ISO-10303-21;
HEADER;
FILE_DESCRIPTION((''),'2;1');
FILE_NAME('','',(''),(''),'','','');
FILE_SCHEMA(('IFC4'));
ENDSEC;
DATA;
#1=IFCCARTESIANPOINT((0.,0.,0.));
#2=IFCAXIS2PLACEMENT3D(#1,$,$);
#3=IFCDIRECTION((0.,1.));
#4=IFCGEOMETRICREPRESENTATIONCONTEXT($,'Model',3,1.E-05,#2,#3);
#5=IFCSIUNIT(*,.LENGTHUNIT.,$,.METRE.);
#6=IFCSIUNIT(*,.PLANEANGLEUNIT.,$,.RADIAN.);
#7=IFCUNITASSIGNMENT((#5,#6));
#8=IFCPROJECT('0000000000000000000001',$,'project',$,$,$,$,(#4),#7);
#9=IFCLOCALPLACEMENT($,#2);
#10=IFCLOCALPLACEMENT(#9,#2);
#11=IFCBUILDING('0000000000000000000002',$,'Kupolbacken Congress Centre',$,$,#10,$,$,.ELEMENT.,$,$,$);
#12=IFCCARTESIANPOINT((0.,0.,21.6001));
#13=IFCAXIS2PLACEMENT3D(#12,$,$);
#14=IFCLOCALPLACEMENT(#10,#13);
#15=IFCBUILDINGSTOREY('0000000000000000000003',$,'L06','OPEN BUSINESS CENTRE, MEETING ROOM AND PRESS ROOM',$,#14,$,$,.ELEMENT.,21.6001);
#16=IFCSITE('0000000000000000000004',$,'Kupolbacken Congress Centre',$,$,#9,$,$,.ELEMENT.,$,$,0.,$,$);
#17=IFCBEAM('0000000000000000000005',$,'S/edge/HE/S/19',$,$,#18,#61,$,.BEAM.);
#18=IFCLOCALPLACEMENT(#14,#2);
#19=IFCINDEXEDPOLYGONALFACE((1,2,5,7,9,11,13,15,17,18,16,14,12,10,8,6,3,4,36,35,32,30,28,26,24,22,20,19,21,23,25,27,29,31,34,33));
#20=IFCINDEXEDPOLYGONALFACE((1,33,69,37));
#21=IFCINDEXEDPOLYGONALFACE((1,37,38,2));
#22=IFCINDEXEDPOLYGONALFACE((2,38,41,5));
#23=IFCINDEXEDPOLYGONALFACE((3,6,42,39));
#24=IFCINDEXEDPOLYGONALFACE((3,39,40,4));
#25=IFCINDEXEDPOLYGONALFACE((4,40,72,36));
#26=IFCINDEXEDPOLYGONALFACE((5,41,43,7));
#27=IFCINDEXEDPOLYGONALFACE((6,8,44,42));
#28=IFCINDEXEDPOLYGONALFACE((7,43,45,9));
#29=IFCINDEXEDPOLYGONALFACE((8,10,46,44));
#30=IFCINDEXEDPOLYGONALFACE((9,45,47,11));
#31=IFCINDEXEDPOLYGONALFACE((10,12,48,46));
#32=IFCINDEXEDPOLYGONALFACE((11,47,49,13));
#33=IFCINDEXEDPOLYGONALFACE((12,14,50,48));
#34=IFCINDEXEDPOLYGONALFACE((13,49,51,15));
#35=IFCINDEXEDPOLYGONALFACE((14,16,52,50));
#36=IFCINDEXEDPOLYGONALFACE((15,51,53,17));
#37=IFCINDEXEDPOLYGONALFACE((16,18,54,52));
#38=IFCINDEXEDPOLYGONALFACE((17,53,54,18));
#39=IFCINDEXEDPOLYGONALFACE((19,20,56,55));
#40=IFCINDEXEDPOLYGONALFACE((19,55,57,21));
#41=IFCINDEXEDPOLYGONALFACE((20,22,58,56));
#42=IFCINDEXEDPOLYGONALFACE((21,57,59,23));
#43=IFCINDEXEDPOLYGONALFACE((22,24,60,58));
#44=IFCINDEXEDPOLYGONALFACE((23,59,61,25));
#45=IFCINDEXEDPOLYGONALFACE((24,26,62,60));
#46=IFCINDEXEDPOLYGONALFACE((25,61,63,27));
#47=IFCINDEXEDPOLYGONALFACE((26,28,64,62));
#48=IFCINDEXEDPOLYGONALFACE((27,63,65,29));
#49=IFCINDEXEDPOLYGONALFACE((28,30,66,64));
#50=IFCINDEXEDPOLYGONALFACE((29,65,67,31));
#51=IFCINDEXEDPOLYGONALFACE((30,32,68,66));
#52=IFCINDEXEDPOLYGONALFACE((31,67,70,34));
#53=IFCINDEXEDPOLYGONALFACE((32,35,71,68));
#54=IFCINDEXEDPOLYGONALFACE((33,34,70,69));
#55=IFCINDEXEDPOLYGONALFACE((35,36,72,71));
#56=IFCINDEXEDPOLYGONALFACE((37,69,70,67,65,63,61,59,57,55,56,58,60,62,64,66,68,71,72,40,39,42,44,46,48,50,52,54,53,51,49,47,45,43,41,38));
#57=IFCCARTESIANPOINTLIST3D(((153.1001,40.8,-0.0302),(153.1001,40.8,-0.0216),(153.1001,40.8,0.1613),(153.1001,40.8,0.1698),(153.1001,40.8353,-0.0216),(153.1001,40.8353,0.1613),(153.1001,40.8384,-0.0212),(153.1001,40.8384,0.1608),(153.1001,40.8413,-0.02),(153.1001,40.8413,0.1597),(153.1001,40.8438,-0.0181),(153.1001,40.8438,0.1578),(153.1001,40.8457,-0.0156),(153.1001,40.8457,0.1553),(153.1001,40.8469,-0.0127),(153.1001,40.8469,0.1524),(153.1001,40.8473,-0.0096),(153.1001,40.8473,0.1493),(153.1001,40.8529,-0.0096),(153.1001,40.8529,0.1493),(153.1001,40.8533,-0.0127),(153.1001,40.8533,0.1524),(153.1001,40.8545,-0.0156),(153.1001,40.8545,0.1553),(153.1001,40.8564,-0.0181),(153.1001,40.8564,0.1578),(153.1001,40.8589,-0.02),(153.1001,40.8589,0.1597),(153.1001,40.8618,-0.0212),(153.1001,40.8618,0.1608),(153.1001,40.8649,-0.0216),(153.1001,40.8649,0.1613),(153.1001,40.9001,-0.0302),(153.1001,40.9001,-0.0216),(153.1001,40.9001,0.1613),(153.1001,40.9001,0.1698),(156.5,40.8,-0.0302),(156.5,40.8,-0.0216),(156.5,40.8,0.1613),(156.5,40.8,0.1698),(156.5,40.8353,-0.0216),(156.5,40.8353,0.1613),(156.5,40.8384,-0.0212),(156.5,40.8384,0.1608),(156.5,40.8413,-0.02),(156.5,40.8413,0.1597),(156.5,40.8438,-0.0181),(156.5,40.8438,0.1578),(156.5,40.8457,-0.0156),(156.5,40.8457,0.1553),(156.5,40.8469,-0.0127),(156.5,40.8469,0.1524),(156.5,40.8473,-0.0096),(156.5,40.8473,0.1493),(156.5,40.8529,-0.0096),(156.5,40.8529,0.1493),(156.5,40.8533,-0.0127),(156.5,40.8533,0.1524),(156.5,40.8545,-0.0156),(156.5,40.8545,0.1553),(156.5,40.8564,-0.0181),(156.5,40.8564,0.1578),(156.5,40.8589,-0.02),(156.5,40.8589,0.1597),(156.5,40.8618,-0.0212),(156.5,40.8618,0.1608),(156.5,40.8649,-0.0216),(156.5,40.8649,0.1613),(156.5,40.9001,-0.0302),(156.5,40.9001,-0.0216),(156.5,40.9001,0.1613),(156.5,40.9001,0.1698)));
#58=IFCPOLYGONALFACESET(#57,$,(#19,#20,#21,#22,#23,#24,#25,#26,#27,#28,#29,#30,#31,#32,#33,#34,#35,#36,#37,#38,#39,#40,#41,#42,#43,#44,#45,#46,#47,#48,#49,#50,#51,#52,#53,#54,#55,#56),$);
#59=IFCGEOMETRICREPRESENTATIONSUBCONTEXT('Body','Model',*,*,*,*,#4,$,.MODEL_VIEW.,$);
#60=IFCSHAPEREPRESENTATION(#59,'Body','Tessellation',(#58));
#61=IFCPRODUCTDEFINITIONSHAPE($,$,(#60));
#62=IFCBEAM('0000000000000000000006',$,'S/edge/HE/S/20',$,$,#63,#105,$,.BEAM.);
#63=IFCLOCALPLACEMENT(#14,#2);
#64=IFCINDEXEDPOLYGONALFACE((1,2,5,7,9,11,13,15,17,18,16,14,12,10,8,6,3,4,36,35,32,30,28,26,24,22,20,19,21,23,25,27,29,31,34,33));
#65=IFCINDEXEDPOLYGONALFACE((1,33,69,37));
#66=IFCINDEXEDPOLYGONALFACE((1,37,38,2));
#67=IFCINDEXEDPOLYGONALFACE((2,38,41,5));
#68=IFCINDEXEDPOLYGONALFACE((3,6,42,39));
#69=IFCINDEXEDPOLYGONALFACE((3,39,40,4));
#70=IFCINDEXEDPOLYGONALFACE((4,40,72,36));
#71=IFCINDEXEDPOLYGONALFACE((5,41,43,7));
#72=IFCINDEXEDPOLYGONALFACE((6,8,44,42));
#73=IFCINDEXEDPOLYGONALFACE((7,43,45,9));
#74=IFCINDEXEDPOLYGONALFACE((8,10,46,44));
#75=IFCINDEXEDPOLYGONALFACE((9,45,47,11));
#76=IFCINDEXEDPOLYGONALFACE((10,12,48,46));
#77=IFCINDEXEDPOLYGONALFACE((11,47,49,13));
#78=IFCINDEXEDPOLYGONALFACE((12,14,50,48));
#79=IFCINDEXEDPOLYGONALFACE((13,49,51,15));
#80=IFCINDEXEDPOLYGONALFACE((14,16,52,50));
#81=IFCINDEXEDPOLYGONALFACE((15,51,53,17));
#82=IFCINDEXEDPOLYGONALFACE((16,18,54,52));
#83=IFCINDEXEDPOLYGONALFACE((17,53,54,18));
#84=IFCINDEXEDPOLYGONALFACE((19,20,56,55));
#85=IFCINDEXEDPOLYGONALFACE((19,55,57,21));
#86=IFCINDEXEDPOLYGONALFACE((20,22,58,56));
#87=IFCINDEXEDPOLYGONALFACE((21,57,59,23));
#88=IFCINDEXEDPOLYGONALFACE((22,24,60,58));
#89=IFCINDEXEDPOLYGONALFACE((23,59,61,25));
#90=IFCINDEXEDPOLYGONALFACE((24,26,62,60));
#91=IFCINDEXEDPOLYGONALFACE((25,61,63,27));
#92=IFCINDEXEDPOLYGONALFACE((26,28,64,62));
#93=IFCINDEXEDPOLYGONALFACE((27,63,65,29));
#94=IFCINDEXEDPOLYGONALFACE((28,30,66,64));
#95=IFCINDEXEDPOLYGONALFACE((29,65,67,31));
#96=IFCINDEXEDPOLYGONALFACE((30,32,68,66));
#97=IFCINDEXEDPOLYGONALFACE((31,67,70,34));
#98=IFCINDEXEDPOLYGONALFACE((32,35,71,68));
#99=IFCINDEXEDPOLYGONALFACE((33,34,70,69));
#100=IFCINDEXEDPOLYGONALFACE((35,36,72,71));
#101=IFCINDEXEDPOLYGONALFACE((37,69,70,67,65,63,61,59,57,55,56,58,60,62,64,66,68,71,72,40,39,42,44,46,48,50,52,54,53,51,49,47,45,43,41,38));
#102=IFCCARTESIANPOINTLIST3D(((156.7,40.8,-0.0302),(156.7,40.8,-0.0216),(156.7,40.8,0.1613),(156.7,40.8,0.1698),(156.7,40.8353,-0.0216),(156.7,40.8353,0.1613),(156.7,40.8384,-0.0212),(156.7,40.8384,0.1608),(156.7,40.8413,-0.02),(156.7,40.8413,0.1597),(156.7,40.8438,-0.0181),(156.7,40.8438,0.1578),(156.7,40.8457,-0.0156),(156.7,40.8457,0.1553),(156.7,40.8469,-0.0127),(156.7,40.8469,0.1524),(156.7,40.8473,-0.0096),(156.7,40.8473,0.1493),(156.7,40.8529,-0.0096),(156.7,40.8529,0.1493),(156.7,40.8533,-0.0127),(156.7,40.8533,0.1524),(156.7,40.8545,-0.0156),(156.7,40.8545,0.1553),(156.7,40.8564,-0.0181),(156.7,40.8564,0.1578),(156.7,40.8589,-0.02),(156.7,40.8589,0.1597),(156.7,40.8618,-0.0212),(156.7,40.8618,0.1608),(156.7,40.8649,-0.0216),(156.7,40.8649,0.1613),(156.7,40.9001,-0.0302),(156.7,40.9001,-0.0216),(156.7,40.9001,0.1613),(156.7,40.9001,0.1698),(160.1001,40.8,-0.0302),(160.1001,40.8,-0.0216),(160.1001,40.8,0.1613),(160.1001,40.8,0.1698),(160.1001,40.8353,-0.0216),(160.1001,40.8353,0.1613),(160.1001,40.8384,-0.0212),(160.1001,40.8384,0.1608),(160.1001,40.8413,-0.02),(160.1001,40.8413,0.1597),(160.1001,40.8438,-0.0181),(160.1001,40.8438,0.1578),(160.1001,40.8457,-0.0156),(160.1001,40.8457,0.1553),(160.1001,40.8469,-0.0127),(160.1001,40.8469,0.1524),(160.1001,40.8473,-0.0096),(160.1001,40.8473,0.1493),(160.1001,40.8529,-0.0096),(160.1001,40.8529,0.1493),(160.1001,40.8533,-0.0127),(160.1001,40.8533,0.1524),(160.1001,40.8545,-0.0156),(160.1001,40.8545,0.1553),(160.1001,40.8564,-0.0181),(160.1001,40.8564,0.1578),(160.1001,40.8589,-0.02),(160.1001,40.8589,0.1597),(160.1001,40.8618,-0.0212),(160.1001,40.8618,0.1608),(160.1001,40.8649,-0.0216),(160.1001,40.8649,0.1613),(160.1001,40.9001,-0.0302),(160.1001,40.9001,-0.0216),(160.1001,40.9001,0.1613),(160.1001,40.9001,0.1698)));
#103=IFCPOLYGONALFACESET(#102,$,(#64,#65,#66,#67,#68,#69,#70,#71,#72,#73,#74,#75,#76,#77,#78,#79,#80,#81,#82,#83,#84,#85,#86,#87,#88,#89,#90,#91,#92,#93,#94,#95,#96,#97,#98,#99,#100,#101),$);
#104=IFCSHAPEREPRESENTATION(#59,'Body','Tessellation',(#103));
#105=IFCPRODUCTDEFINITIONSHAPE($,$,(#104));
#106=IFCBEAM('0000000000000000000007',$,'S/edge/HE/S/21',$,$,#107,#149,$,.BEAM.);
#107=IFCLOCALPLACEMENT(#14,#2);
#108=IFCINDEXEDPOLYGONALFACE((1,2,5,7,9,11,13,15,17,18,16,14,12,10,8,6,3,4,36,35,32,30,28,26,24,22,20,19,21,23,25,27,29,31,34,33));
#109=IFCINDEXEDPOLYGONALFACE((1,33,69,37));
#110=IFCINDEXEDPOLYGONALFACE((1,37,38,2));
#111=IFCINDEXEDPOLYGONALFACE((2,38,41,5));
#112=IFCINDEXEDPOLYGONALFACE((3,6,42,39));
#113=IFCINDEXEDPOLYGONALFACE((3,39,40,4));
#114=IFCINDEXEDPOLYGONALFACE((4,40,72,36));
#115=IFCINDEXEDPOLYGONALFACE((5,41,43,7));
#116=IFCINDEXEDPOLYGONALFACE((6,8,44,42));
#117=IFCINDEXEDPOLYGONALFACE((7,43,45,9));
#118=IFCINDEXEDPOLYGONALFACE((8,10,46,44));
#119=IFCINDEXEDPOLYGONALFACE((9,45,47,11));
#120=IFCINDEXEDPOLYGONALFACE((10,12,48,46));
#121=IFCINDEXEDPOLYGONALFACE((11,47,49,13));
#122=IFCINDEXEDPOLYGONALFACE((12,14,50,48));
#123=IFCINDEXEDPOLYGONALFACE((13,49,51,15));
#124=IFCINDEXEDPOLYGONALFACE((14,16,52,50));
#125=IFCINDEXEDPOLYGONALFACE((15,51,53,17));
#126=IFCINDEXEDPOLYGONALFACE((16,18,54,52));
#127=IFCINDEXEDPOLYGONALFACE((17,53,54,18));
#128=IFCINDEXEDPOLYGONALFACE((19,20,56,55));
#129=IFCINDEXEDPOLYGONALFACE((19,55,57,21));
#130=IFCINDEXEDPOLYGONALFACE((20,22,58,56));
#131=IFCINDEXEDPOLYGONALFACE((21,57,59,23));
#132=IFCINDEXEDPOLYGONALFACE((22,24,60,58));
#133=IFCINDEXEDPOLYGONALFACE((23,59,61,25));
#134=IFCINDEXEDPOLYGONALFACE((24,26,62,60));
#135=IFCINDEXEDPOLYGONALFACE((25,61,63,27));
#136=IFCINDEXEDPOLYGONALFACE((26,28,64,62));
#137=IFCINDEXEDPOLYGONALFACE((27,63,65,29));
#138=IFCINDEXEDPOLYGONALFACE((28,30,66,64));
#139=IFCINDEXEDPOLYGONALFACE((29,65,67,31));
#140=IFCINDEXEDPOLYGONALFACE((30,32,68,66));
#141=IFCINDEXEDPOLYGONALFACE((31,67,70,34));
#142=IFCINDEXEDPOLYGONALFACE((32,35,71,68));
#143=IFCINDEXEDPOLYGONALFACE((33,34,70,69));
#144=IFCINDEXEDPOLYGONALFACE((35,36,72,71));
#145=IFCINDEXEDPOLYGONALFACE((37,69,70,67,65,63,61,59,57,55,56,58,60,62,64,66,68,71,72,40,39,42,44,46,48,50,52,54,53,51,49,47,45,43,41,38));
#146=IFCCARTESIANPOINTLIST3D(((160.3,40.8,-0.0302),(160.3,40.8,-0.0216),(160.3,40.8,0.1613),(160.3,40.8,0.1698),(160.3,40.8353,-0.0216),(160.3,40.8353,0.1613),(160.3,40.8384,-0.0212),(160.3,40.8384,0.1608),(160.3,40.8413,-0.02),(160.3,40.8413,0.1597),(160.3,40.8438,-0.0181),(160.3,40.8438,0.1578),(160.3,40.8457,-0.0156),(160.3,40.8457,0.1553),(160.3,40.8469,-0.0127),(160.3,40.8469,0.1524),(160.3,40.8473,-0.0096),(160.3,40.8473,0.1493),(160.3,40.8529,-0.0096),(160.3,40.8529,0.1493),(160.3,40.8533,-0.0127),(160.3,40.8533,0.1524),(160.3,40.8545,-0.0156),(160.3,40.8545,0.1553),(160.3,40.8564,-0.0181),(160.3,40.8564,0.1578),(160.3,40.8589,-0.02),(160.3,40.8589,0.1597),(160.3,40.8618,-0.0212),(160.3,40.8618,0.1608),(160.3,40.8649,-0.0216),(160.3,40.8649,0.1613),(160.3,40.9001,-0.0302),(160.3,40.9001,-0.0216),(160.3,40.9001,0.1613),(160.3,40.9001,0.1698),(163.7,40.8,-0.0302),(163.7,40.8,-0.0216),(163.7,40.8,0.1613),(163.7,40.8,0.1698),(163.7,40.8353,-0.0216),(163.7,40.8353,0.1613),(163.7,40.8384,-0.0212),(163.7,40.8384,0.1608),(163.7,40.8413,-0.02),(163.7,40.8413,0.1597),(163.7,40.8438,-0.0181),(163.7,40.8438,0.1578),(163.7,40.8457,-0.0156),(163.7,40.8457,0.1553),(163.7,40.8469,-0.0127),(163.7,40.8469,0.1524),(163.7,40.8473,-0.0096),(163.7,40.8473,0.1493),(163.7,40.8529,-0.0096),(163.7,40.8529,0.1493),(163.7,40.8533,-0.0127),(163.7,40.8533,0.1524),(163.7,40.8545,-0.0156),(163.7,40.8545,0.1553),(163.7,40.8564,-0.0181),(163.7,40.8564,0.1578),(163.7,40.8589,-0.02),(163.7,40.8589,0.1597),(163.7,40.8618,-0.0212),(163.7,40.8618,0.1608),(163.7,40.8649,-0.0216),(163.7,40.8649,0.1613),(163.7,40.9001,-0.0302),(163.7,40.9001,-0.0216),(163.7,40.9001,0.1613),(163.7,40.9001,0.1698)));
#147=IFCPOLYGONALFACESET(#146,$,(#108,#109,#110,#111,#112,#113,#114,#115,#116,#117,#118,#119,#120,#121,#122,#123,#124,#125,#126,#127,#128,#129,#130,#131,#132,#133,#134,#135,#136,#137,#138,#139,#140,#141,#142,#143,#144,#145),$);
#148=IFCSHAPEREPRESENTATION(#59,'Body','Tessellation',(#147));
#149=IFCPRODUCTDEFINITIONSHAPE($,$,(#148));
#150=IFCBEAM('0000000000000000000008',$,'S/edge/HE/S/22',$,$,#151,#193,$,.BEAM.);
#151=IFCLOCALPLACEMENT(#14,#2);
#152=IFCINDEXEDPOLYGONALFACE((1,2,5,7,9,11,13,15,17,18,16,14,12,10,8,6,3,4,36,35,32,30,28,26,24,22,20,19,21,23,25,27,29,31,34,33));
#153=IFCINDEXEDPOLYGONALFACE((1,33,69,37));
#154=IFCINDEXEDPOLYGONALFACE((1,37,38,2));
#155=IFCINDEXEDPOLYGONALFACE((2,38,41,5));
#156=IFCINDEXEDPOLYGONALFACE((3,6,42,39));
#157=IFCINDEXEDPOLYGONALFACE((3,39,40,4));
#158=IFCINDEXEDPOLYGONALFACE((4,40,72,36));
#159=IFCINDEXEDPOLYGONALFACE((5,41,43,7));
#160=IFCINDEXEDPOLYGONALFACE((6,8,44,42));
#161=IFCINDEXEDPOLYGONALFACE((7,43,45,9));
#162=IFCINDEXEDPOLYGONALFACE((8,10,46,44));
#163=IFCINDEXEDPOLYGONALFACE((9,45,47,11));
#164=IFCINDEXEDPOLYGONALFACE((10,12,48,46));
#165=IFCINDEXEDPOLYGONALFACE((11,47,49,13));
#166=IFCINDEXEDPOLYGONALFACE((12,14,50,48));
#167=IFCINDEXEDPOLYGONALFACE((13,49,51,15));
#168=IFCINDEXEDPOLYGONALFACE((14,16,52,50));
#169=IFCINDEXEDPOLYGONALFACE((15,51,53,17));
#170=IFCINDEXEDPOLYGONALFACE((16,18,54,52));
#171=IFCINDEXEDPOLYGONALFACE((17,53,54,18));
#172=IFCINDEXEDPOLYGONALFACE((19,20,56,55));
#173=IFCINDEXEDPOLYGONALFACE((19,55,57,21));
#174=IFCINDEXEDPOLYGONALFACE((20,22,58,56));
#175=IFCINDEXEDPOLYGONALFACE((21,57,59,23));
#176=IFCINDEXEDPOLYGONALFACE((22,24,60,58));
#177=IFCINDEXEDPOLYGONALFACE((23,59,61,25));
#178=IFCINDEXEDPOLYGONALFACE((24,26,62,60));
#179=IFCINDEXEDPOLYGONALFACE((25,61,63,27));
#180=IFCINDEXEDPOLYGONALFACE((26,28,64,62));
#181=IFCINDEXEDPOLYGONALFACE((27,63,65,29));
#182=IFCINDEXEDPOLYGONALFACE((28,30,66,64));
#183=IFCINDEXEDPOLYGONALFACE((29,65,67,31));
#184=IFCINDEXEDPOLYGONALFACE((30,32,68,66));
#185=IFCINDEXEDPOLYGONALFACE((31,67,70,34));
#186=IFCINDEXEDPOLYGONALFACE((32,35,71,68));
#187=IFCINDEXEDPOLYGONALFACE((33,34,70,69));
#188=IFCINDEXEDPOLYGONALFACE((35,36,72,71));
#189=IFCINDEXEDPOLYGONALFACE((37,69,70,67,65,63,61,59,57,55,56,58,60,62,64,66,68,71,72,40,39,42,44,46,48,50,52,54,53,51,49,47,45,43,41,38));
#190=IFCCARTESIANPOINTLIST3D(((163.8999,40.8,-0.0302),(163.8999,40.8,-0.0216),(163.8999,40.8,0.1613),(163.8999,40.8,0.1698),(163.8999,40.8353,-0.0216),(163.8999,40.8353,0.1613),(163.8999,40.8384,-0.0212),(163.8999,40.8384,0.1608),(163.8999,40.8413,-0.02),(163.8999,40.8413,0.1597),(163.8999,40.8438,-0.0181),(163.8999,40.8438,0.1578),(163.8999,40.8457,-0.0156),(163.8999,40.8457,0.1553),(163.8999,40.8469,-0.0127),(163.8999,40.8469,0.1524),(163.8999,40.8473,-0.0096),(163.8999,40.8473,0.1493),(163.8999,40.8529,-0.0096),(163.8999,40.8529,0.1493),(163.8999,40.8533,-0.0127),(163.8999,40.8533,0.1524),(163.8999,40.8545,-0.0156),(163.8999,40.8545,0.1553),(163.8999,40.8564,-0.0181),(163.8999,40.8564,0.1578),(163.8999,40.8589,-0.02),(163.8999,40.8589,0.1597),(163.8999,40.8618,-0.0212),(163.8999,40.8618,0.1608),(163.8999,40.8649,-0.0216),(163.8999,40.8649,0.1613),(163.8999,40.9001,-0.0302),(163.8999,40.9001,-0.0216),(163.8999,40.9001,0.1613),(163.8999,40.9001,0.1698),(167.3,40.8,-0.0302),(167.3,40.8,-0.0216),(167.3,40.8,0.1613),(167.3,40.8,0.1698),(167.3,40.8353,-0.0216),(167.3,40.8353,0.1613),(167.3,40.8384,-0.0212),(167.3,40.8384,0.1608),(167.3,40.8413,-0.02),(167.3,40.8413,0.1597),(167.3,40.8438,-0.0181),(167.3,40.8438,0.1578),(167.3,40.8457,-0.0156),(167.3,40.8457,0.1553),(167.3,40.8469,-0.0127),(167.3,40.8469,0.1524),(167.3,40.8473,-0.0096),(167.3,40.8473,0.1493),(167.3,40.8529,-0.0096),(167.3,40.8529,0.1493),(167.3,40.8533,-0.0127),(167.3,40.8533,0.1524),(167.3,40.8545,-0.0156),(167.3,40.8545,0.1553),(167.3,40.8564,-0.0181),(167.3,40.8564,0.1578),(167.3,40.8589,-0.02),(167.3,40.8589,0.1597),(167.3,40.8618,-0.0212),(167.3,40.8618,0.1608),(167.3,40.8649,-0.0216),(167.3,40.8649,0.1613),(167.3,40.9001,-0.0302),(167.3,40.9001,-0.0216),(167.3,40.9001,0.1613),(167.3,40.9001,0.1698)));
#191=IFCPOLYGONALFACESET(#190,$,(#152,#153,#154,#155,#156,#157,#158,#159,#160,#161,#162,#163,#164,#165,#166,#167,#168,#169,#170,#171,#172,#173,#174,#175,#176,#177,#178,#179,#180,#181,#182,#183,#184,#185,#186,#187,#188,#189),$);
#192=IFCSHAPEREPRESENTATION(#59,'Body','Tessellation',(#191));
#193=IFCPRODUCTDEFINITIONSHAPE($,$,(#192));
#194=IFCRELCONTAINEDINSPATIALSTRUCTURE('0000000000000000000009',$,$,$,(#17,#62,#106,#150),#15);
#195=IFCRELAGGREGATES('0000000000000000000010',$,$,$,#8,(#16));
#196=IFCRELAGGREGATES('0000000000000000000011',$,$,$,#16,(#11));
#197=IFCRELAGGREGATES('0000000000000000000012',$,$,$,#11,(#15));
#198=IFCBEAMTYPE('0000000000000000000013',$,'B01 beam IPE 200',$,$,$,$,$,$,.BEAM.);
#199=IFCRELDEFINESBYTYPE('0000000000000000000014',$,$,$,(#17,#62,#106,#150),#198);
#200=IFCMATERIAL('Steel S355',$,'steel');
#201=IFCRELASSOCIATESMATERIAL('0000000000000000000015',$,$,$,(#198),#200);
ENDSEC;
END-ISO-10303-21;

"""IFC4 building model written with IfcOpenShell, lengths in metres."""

from ifc_helpers import new_model, si_unit, direction, frame, origin, origin_2d, place, context, subcontext, project, spatial, i_section, extrude, material, material_profile, profile_set, type_object, element, save


model = new_model("IFC4")

# Units and contexts
model_context = context("Model", 3, precision=1e-05, world=origin(), true_north=direction((0.0, 1.0)))
body_context = subcontext(model_context, "Body", "Model", "MODEL_VIEW")
ifc_project = project(units=[si_unit("LENGTHUNIT", "METRE"), si_unit("PLANEANGLEUNIT", "RADIAN")], contexts=[model_context])

# Site, building, storey
site_placement = place(None, origin())
site = spatial("IfcSite", under=ifc_project, at=site_placement, Name="Kupolbacken Congress Centre", CompositionType="ELEMENT", RefElevation=0.0)
building_placement = place(site_placement, origin())
building = spatial("IfcBuilding", under=site, at=building_placement, Name="Kupolbacken Congress Centre", CompositionType="ELEMENT")
storey_placement = place(building_placement, frame((0.0, 0.0, 21.6001)))
storey = spatial("IfcBuildingStorey", under=building, at=storey_placement, Name="L06", Description="OPEN BUSINESS CENTRE, MEETING ROOM AND PRESS ROOM", CompositionType="ELEMENT", Elevation=21.6001)

# Beams
ifc_material_1 = material(Name="Steel S355", Category="steel")
ifc_material_profile_1 = material_profile(ifc_material_1, i_section(OverallWidth=0.1001, OverallDepth=0.2, WebThickness=0.0056, FlangeThickness=0.0085, FilletRadius=0.012, at=origin_2d()), Name="IPE 200")
ifc_profile_set_1 = profile_set([ifc_material_profile_1], Name="Steel S355")
beam_type_1 = type_object("IfcBeamType", Name="B01 beam IPE 200", PredefinedType="BEAM", material=ifc_profile_set_1)
beam_1_placement = place(storey_placement, frame((153.1001, 40.8501, 0.0698), z_axis=(1.0, 0.0, 0.0), x_axis=(0.0, 1.0, 0.0)))
element("IfcBeam", 1, at=beam_1_placement, inside=storey, type_object=beam_type_1, Name="S/edge/HE/S/19", PredefinedType="BEAM", context=body_context, shape_type="SweptSolid", body=[
    extrude(i_section(OverallWidth=0.1001, OverallDepth=0.2, WebThickness=0.0056, FlangeThickness=0.0085, FilletRadius=0.012, at=origin_2d()), origin(), (0.0, 0.0, 1.0), 3.3999),
])
beam_2_placement = place(storey_placement, frame((156.7, 40.8501, 0.0698), z_axis=(1.0, 0.0, 0.0), x_axis=(0.0, 1.0, 0.0)))
element("IfcBeam", 2, at=beam_2_placement, inside=storey, type_object=beam_type_1, Name="S/edge/HE/S/20", PredefinedType="BEAM", context=body_context, shape_type="SweptSolid", body=[
    extrude(i_section(OverallWidth=0.1001, OverallDepth=0.2, WebThickness=0.0056, FlangeThickness=0.0085, FilletRadius=0.012, at=origin_2d()), origin(), (0.0, 0.0, 1.0), 3.4001),
])
beam_3_placement = place(storey_placement, frame((160.3, 40.8501, 0.0698), z_axis=(1.0, 0.0, 0.0), x_axis=(0.0, 1.0, 0.0)))
element("IfcBeam", 3, at=beam_3_placement, inside=storey, type_object=beam_type_1, Name="S/edge/HE/S/21", PredefinedType="BEAM", context=body_context, shape_type="SweptSolid", body=[
    extrude(i_section(OverallWidth=0.1001, OverallDepth=0.2, WebThickness=0.0056, FlangeThickness=0.0085, FilletRadius=0.012, at=origin_2d()), origin(), (0.0, 0.0, 1.0), 3.3999),
])
beam_4_placement = place(storey_placement, frame((163.8999, 40.8501, 0.0698), z_axis=(1.0, 0.0, 0.0), x_axis=(0.0, 1.0, 0.0)))
element("IfcBeam", 4, at=beam_4_placement, inside=storey, type_object=beam_type_1, Name="S/edge/HE/S/22", PredefinedType="BEAM", context=body_context, shape_type="SweptSolid", body=[
    extrude(i_section(OverallWidth=0.1001, OverallDepth=0.2, WebThickness=0.0056, FlangeThickness=0.0085, FilletRadius=0.012, at=origin_2d()), origin(), (0.0, 0.0, 1.0), 3.4001),
])

save(model, "model.ifc")
